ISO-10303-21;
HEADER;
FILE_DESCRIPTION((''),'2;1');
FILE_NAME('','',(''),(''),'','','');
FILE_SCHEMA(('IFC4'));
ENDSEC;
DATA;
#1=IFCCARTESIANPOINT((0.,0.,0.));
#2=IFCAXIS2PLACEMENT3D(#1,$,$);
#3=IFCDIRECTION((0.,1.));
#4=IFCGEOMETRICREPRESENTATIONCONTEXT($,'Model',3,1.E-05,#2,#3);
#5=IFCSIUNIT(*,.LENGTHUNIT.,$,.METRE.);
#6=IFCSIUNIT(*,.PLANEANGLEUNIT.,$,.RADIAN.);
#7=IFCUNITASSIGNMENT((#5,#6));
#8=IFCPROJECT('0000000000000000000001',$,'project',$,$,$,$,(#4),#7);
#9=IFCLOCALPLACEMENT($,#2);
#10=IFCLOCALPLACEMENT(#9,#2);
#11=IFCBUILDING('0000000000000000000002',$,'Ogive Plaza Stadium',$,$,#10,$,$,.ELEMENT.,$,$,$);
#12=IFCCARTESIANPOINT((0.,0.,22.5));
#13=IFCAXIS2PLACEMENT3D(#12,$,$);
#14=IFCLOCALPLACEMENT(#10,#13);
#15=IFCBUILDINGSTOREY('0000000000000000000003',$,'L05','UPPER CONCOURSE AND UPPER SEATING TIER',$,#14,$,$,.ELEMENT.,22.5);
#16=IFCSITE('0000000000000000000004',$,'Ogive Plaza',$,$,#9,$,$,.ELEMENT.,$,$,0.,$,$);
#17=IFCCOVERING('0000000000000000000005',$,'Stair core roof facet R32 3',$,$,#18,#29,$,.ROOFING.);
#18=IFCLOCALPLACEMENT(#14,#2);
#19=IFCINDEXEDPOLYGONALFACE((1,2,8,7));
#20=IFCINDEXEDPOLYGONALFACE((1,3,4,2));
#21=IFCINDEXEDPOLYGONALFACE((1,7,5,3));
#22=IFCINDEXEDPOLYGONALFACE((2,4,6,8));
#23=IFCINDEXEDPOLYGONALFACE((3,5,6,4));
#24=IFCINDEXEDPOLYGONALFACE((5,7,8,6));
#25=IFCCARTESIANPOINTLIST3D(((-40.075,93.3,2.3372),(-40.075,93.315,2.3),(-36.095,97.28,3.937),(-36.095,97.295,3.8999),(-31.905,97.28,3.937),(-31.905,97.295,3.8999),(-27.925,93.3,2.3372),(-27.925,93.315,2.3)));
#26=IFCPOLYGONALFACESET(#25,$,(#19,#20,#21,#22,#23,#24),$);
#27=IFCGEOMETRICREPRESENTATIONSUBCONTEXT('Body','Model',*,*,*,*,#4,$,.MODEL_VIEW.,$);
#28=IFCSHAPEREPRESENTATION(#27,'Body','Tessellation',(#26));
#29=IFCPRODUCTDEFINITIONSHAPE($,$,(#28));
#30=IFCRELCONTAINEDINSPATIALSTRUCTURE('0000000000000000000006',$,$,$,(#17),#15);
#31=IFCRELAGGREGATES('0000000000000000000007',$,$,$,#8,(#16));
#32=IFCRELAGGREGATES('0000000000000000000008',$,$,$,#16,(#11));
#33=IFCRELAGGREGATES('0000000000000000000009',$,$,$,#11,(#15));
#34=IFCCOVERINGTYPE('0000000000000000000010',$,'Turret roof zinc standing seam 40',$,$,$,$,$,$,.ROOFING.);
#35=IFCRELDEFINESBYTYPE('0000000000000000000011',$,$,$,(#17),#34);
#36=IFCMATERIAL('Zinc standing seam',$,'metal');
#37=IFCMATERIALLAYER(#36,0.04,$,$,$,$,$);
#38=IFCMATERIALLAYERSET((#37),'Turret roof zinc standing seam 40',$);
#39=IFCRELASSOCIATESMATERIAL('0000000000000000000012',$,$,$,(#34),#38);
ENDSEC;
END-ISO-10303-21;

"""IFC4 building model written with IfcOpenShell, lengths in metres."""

from ifc_helpers import new_model, si_unit, direction, frame, origin, place, context, subcontext, project, spatial, polyline, outline, extrude, material, layer, layer_set, type_object, element, save


model = new_model("IFC4")

# Units and contexts
model_context = context("Model", 3, precision=1e-05, world=origin(), true_north=direction((0.0, 1.0)))
body_context = subcontext(model_context, "Body", "Model", "MODEL_VIEW")
ifc_project = project(units=[si_unit("LENGTHUNIT", "METRE"), si_unit("PLANEANGLEUNIT", "RADIAN")], contexts=[model_context])

# Site, building, storey
site_placement = place(None, origin())
site = spatial("IfcSite", under=ifc_project, at=site_placement, Name="Ogive Plaza", CompositionType="ELEMENT", RefElevation=0.0)
building_placement = place(site_placement, origin())
building = spatial("IfcBuilding", under=site, at=building_placement, Name="Ogive Plaza Stadium", CompositionType="ELEMENT")
storey_placement = place(building_placement, frame((0.0, 0.0, 22.5)))
storey = spatial("IfcBuildingStorey", under=building, at=storey_placement, Name="L05", Description="UPPER CONCOURSE AND UPPER SEATING TIER", CompositionType="ELEMENT", Elevation=22.5)

# Covering
ifc_material_1 = material(Name="Zinc standing seam", Category="metal")
ifc_layer_1 = layer(ifc_material_1, 0.04)
ifc_layer_set_1 = layer_set([ifc_layer_1], Name="Turret roof zinc standing seam 40")
covering_type_1 = type_object("IfcCoveringType", Name="Turret roof zinc standing seam 40", PredefinedType="ROOFING", material=ifc_layer_set_1)
covering_1_placement = place(storey_placement, frame((-40.075, 93.3, 2.3372), z_axis=(0.0, -0.37297, 0.927843), x_axis=(1.0, 0.0, 0.0)))
element("IfcCovering", 1, at=covering_1_placement, inside=storey, type_object=covering_type_1, Name="Stair core roof facet R32 3", PredefinedType="ROOFING", context=body_context, shape_type="SweptSolid", body=[
    extrude(outline(polyline([(0.0, 0.0), (12.1499, 0.0), (8.1699, 4.2895), (3.98, 4.2895), (0.0, 0.0)])), origin(), (0.0, 0.0, -1.0), 0.04),
])

save(model, "model.ifc")
